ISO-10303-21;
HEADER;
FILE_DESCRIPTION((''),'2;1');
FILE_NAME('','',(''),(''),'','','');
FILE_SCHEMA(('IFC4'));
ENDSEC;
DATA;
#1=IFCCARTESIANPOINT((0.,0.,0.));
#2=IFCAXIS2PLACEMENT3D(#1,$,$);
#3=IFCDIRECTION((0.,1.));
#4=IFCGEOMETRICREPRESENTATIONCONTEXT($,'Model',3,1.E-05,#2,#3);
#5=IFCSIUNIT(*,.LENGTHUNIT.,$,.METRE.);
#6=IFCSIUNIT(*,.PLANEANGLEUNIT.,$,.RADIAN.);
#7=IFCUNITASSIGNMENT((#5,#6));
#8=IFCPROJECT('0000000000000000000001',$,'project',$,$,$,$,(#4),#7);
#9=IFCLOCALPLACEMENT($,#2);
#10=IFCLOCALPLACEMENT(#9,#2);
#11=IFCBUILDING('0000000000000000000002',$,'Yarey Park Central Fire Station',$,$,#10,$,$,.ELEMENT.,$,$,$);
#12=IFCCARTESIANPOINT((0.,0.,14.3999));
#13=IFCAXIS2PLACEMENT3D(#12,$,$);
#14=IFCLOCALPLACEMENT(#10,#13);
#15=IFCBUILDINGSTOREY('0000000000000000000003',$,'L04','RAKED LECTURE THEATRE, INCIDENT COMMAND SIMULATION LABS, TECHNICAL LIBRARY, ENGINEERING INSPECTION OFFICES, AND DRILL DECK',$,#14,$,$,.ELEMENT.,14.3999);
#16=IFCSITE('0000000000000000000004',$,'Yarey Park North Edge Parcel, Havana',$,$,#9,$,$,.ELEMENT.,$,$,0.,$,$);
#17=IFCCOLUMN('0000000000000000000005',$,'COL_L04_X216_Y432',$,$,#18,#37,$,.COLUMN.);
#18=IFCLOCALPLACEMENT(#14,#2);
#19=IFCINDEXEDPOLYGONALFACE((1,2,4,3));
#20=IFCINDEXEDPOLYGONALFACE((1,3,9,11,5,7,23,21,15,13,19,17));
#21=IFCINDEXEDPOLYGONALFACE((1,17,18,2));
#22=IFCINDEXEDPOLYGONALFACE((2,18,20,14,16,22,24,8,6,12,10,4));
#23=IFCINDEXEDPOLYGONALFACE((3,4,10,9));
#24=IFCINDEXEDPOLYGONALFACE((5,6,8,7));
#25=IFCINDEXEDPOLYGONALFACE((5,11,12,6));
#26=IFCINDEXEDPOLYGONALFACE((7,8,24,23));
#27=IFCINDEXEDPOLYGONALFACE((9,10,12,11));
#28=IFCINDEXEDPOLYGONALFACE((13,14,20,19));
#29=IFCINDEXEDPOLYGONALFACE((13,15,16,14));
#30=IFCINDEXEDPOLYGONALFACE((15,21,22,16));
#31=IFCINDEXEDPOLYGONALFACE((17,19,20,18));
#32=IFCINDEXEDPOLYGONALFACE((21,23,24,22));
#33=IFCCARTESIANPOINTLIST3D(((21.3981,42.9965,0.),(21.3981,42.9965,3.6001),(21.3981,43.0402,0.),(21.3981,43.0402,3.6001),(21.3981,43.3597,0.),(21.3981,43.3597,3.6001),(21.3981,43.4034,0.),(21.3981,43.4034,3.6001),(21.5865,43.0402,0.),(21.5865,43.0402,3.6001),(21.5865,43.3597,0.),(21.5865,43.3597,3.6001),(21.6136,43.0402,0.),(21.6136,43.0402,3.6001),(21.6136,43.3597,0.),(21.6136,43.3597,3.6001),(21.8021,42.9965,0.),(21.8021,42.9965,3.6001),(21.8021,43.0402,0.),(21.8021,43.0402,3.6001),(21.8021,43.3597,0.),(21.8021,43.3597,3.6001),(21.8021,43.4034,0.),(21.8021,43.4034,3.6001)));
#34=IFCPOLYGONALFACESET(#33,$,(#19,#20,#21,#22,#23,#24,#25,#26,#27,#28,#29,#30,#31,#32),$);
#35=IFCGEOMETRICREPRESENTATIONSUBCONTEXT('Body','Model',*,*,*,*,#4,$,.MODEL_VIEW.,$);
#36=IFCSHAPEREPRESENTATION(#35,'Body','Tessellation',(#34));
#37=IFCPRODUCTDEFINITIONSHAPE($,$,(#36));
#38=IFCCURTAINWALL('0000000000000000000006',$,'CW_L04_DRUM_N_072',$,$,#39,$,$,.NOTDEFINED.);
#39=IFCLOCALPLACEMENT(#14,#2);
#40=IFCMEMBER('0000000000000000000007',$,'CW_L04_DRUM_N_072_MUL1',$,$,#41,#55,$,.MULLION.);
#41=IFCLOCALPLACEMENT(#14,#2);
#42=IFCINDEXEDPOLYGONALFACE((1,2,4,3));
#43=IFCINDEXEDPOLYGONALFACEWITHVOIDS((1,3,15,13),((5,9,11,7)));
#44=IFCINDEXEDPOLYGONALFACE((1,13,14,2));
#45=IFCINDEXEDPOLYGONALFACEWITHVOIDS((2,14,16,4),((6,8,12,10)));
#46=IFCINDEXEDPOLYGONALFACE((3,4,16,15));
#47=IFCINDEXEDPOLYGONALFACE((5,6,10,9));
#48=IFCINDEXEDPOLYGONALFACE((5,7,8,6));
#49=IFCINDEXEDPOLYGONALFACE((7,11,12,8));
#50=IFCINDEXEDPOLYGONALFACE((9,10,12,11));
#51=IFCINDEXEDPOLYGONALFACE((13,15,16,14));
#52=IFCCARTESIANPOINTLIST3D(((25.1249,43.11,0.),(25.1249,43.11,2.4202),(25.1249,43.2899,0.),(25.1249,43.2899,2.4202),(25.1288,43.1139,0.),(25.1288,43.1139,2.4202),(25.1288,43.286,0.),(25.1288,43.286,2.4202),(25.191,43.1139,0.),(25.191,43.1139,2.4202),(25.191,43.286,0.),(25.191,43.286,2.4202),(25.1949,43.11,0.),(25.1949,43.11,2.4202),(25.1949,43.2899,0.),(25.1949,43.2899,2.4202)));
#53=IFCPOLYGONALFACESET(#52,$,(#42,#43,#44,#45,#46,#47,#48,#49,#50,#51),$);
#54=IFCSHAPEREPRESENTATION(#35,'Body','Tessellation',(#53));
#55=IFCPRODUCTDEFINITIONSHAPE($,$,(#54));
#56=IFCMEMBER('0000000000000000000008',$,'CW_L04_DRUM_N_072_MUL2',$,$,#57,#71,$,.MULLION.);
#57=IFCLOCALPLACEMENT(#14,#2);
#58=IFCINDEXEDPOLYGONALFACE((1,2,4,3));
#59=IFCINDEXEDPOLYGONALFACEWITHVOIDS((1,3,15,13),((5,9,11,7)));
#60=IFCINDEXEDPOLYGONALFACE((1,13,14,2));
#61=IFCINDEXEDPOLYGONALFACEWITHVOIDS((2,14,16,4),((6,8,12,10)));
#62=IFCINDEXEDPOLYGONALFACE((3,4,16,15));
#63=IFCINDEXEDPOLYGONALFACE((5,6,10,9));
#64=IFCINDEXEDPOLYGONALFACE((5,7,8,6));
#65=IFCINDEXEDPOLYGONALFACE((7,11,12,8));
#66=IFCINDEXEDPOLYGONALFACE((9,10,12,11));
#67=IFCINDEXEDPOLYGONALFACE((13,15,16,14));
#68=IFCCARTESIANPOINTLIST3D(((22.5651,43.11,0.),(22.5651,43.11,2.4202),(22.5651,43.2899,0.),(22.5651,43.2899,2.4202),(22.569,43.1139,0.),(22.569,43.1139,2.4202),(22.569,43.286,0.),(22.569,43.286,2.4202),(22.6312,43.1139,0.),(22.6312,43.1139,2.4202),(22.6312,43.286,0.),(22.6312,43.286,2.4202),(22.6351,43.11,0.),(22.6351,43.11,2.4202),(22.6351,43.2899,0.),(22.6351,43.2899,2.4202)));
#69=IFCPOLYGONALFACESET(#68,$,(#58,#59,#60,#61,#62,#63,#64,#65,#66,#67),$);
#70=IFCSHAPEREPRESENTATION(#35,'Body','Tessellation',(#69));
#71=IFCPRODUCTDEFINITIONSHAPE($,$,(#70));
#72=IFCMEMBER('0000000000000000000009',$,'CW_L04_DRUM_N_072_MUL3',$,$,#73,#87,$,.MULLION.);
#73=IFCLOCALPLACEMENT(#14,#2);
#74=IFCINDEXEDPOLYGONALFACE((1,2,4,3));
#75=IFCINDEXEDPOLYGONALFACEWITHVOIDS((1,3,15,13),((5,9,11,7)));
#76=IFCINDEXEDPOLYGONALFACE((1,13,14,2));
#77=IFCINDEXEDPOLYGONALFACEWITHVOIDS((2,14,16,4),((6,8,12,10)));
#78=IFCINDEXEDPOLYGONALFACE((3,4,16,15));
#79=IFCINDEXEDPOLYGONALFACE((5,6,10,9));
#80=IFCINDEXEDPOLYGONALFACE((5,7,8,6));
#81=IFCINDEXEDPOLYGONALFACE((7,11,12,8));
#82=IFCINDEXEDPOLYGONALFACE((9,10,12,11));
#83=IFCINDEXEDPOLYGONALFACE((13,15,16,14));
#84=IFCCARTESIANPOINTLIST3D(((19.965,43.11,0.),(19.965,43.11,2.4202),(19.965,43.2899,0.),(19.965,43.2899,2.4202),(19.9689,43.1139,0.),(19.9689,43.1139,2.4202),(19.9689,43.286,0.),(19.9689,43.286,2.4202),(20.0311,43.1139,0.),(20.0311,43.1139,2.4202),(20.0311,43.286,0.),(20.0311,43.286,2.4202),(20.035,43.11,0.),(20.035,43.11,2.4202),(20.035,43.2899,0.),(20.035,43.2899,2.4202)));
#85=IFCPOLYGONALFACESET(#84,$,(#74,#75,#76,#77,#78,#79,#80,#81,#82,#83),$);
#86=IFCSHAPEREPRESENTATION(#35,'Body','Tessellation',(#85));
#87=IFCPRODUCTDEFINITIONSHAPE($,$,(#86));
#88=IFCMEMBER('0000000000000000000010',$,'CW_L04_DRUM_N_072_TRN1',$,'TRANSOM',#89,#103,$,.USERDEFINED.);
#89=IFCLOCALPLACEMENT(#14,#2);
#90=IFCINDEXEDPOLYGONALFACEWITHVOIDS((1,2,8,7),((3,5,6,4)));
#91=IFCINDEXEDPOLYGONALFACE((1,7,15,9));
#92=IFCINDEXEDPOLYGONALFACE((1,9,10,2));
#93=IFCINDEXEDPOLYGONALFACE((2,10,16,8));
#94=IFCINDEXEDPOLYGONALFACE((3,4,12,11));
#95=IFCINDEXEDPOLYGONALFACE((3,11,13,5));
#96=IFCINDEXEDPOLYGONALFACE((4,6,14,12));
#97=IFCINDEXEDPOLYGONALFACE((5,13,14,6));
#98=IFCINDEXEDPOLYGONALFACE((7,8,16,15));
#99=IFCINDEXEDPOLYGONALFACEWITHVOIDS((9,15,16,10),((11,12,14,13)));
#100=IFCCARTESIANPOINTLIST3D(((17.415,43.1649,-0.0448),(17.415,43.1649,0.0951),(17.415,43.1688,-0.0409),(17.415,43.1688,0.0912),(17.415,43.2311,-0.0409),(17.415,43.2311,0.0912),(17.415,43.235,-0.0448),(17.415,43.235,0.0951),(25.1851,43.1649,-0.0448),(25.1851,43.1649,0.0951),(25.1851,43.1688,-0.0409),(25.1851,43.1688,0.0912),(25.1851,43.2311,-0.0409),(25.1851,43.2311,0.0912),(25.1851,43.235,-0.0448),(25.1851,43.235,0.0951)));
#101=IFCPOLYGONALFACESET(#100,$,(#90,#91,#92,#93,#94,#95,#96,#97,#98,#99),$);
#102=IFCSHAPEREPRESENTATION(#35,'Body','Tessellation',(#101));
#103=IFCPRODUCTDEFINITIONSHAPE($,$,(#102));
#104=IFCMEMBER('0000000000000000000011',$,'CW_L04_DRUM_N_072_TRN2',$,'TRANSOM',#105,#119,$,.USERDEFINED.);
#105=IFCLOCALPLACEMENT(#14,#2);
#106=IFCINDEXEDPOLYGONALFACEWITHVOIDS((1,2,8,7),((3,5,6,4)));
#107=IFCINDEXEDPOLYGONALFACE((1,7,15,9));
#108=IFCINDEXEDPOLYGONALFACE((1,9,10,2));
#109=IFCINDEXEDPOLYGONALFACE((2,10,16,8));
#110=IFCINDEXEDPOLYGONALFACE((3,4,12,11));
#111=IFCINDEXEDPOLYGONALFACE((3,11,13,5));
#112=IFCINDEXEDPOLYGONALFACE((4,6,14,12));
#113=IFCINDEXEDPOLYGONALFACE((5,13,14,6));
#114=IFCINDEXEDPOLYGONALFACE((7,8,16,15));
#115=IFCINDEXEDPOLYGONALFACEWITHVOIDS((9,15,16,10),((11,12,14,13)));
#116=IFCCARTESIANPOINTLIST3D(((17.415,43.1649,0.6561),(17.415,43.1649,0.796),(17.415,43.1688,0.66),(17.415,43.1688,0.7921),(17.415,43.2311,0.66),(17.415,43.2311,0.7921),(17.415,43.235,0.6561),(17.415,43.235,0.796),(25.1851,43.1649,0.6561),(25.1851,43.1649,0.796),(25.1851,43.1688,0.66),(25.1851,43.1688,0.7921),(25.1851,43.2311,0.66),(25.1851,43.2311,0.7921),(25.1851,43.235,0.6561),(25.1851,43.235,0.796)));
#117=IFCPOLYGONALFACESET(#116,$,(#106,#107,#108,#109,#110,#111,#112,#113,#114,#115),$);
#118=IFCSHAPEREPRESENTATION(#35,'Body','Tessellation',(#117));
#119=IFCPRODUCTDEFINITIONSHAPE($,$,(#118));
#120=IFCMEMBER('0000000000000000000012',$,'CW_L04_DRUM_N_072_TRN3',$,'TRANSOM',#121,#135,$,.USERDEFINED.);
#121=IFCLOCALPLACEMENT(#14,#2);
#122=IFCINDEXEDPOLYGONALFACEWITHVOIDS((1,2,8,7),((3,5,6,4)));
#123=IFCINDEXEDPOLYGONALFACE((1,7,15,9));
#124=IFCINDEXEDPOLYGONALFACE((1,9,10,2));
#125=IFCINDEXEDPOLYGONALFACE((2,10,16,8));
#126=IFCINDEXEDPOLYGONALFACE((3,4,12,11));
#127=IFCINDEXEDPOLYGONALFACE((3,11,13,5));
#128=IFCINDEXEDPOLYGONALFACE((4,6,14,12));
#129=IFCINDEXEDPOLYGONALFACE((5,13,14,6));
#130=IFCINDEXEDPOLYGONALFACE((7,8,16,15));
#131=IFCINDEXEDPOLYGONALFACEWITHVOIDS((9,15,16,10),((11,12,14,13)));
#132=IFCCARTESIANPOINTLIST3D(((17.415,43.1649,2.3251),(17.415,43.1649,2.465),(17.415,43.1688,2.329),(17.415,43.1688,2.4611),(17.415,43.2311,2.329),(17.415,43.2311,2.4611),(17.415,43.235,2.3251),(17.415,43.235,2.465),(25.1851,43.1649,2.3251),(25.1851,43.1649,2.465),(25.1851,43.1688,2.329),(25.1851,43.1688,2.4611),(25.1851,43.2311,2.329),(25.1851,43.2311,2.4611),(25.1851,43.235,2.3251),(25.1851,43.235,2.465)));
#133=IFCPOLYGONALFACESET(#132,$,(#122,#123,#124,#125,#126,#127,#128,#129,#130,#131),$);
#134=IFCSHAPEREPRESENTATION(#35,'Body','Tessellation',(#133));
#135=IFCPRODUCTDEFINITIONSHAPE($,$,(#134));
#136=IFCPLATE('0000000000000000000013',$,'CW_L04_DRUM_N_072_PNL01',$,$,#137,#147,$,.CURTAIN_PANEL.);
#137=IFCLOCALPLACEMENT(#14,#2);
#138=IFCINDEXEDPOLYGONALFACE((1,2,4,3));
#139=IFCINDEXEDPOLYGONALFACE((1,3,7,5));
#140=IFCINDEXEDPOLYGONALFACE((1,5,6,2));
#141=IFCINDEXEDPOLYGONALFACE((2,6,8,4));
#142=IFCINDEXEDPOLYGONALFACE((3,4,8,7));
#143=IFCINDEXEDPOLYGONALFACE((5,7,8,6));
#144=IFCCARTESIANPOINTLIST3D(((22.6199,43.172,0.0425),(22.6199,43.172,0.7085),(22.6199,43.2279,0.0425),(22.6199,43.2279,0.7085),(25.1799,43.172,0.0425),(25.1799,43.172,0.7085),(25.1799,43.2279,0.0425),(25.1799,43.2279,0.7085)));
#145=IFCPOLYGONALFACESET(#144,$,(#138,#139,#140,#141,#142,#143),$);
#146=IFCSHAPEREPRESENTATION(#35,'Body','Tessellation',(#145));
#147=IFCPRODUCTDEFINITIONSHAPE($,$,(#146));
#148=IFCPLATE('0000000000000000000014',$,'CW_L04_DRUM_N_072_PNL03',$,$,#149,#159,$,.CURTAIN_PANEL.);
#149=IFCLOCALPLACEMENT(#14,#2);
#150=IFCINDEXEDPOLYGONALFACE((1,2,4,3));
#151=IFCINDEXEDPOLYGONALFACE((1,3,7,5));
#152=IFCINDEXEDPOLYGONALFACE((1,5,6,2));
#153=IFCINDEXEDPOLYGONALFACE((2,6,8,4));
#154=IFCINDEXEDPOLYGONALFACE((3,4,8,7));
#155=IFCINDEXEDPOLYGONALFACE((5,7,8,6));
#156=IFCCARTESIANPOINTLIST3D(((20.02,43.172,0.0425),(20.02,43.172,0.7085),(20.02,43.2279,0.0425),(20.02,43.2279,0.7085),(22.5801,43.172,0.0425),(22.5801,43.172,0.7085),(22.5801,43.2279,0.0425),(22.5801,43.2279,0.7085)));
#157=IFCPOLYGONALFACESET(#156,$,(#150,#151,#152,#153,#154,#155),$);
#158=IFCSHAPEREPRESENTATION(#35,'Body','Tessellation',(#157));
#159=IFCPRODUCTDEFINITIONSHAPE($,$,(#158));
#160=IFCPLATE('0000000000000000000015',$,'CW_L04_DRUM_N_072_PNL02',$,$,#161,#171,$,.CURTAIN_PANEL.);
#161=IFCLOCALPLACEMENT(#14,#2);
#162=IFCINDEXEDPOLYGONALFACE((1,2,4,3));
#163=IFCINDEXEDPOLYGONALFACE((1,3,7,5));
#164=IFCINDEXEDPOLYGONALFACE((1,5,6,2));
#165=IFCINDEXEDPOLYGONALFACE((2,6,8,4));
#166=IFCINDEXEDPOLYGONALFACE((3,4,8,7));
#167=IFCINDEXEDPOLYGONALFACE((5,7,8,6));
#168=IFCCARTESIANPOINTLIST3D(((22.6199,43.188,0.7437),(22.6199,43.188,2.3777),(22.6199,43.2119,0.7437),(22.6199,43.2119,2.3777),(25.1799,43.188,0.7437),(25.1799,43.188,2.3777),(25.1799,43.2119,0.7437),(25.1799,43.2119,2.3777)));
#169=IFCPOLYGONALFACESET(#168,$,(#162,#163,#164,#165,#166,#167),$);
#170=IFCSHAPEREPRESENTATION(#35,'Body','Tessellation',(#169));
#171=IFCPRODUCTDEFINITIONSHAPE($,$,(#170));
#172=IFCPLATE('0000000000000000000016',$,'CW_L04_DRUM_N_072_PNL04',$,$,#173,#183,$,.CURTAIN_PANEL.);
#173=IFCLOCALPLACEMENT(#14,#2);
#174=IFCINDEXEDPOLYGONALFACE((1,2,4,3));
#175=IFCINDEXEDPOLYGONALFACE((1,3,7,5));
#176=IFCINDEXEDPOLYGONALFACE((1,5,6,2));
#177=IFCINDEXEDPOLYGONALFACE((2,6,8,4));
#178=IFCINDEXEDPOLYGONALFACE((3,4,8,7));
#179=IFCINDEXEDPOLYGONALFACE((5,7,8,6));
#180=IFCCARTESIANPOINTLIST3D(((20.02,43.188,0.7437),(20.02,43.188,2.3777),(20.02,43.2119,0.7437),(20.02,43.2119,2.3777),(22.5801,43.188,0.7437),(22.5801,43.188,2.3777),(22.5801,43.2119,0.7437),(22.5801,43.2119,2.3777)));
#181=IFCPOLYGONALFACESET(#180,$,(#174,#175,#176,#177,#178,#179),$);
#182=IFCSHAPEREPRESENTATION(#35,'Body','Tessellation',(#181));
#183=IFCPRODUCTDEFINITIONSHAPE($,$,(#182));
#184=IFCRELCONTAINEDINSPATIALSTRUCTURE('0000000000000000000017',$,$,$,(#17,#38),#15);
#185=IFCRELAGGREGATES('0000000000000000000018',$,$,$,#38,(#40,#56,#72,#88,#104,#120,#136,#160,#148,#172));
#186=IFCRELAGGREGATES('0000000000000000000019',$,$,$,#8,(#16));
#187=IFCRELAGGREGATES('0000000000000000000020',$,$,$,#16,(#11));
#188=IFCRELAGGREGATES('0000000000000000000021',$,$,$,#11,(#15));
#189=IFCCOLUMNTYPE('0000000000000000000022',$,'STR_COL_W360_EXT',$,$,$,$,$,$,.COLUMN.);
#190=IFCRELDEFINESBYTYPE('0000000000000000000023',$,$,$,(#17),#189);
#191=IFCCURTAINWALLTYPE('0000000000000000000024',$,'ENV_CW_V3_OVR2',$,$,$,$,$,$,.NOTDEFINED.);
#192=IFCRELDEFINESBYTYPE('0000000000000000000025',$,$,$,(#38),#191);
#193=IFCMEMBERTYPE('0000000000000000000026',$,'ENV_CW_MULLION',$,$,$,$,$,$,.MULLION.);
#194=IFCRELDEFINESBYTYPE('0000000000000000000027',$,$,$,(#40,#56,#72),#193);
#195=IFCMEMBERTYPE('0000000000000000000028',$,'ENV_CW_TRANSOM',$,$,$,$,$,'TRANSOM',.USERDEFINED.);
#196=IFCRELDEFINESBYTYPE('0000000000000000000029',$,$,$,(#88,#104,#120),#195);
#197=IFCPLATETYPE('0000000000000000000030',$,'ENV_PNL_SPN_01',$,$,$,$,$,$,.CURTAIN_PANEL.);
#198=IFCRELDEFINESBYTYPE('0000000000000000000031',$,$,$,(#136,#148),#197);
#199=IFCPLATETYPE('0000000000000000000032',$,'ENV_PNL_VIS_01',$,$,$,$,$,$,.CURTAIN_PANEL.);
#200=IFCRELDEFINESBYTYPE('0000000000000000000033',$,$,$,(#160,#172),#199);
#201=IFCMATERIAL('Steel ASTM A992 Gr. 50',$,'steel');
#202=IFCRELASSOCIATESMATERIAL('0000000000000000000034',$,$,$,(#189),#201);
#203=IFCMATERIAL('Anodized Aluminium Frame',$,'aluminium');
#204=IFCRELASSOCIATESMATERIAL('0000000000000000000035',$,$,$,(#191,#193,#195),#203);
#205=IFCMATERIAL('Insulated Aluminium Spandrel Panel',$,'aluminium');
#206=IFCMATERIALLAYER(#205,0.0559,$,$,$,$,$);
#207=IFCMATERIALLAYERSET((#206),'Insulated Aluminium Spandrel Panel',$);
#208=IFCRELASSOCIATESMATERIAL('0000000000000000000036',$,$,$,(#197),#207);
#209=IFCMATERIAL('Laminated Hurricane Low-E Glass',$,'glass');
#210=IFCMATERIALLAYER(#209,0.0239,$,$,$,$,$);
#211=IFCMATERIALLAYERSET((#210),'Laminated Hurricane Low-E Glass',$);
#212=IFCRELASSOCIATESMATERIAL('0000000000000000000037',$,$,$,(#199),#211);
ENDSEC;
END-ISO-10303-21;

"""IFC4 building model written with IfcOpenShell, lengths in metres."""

from ifc_helpers import new_model, si_unit, direction, frame, origin, origin_2d, place, context, subcontext, project, spatial, rectangle, hollow_rectangle, i_section, extrude, material, layer, layer_set, material_profile, profile_set, type_object, element, aggregate, save


model = new_model("IFC4")

# Units and contexts
model_context = context("Model", 3, precision=1e-05, world=origin(), true_north=direction((0.0, 1.0)))
body_context = subcontext(model_context, "Body", "Model", "MODEL_VIEW")
ifc_project = project(units=[si_unit("LENGTHUNIT", "METRE"), si_unit("PLANEANGLEUNIT", "RADIAN")], contexts=[model_context])

# Site, building, storey
site_placement = place(None, origin())
site = spatial("IfcSite", under=ifc_project, at=site_placement, Name="Yarey Park North Edge Parcel, Havana", CompositionType="ELEMENT", RefElevation=0.0)
building_placement = place(site_placement, origin())
building = spatial("IfcBuilding", under=site, at=building_placement, Name="Yarey Park Central Fire Station", CompositionType="ELEMENT")
storey_placement = place(building_placement, frame((0.0, 0.0, 14.3999)))
storey = spatial("IfcBuildingStorey", under=building, at=storey_placement, Name="L04", Description="RAKED LECTURE THEATRE, INCIDENT COMMAND SIMULATION LABS, TECHNICAL LIBRARY, ENGINEERING INSPECTION OFFICES, AND DRILL DECK", CompositionType="ELEMENT", Elevation=14.3999)

# Column
ifc_material_1 = material(Name="Steel ASTM A992 Gr. 50", Category="steel")
ifc_material_profile_1 = material_profile(ifc_material_1, i_section(OverallWidth=0.4041, OverallDepth=0.407, WebThickness=0.0271, FlangeThickness=0.0437, at=origin_2d()), Name="W360x347")
ifc_profile_set_1 = profile_set([ifc_material_profile_1], Name="Steel ASTM A992 Gr. 50")
column_type = type_object("IfcColumnType", Name="STR_COL_W360_EXT", PredefinedType="COLUMN", material=ifc_profile_set_1)
column_placement = place(storey_placement, frame((21.6001, 43.2, 0.0), z_axis=(0.0, 0.0, 1.0), x_axis=(1.0, 0.0, 0.0)))
element("IfcColumn", 1, at=column_placement, inside=storey, type_object=column_type, Name="COL_L04_X216_Y432", PredefinedType="COLUMN", context=body_context, shape_type="SweptSolid", body=[
    extrude(i_section(OverallWidth=0.4041, OverallDepth=0.407, WebThickness=0.0271, FlangeThickness=0.0437, at=origin_2d()), origin(), (0.0, 0.0, 1.0), 3.6001),
])

# Curtain wall, members, plates
ifc_material_2 = material(Name="Anodized Aluminium Frame", Category="aluminium")
curtain_wall_type = type_object("IfcCurtainWallType", Name="ENV_CW_V3_OVR2", PredefinedType="NOTDEFINED", material=ifc_material_2)
curtain_wall_placement = place(storey_placement, origin())
curtain_wall = element("IfcCurtainWall", 2, at=curtain_wall_placement, inside=storey, type_object=curtain_wall_type, Name="CW_L04_DRUM_N_072", PredefinedType="NOTDEFINED")
ifc_material_profile_2 = material_profile(ifc_material_2, hollow_rectangle(XDim=0.0701, YDim=0.1799, WallThickness=0.0039, at=origin_2d()), Name="ALU 180x70x4")
ifc_profile_set_2 = profile_set([ifc_material_profile_2], Name="Anodized Aluminium Frame")
member_type_1 = type_object("IfcMemberType", Name="ENV_CW_MULLION", PredefinedType="MULLION", material=ifc_profile_set_2)
member_1_placement = place(storey_placement, frame((25.1599, 43.2, 0.0), z_axis=(0.0, 0.0, 1.0), x_axis=(1.0, 0.0, 0.0)))
member_1 = element("IfcMember", 3, at=member_1_placement, type_object=member_type_1, Name="CW_L04_DRUM_N_072_MUL1", PredefinedType="MULLION", context=body_context, shape_type="SweptSolid", body=[
    extrude(hollow_rectangle(XDim=0.0701, YDim=0.1799, WallThickness=0.0039, at=origin_2d()), origin(), (0.0, 0.0, 1.0), 2.4202),
])
member_2_placement = place(storey_placement, frame((22.6001, 43.2, 0.0), z_axis=(0.0, 0.0, 1.0), x_axis=(1.0, 0.0, 0.0)))
member_2 = element("IfcMember", 4, at=member_2_placement, type_object=member_type_1, Name="CW_L04_DRUM_N_072_MUL2", PredefinedType="MULLION", context=body_context, shape_type="SweptSolid", body=[
    extrude(hollow_rectangle(XDim=0.0701, YDim=0.1799, WallThickness=0.0039, at=origin_2d()), origin(), (0.0, 0.0, 1.0), 2.4202),
])
member_3_placement = place(storey_placement, frame((20.0, 43.2, 0.0), z_axis=(0.0, 0.0, 1.0), x_axis=(1.0, 0.0, 0.0)))
member_3 = element("IfcMember", 5, at=member_3_placement, type_object=member_type_1, Name="CW_L04_DRUM_N_072_MUL3", PredefinedType="MULLION", context=body_context, shape_type="SweptSolid", body=[
    extrude(hollow_rectangle(XDim=0.0701, YDim=0.1799, WallThickness=0.0039, at=origin_2d()), origin(), (0.0, 0.0, 1.0), 2.4202),
])
ifc_material_profile_3 = material_profile(ifc_material_2, hollow_rectangle(XDim=0.0701, YDim=0.1399, WallThickness=0.0039, at=origin_2d()), Name="ALU 140x70x4")
ifc_profile_set_3 = profile_set([ifc_material_profile_3], Name="Anodized Aluminium Frame")
member_type_2 = type_object("IfcMemberType", Name="ENV_CW_TRANSOM", ElementType="TRANSOM", PredefinedType="USERDEFINED", material=ifc_profile_set_3)
member_4_placement = place(storey_placement, frame((25.1851, 43.2, 0.0251), z_axis=(-1.0, 0.0, 0.0), x_axis=(0.0, -1.0, 0.0)))
member_4 = element("IfcMember", 6, at=member_4_placement, type_object=member_type_2, Name="CW_L04_DRUM_N_072_TRN1", ObjectType="TRANSOM", PredefinedType="USERDEFINED", context=body_context, shape_type="SweptSolid", body=[
    extrude(hollow_rectangle(XDim=0.0701, YDim=0.1399, WallThickness=0.0039, at=origin_2d()), origin(), (0.0, 0.0, 1.0), 7.77),
])
member_5_placement = place(storey_placement, frame((25.1851, 43.2, 0.7261), z_axis=(-1.0, 0.0, 0.0), x_axis=(0.0, -1.0, 0.0)))
member_5 = element("IfcMember", 7, at=member_5_placement, type_object=member_type_2, Name="CW_L04_DRUM_N_072_TRN2", ObjectType="TRANSOM", PredefinedType="USERDEFINED", context=body_context, shape_type="SweptSolid", body=[
    extrude(hollow_rectangle(XDim=0.0701, YDim=0.1399, WallThickness=0.0039, at=origin_2d()), origin(), (0.0, 0.0, 1.0), 7.77),
])
member_6_placement = place(storey_placement, frame((25.1851, 43.2, 2.395), z_axis=(-1.0, 0.0, 0.0), x_axis=(0.0, -1.0, 0.0)))
member_6 = element("IfcMember", 8, at=member_6_placement, type_object=member_type_2, Name="CW_L04_DRUM_N_072_TRN3", ObjectType="TRANSOM", PredefinedType="USERDEFINED", context=body_context, shape_type="SweptSolid", body=[
    extrude(hollow_rectangle(XDim=0.0701, YDim=0.1399, WallThickness=0.0039, at=origin_2d()), origin(), (0.0, 0.0, 1.0), 7.77),
])
ifc_material_3 = material(Name="Insulated Aluminium Spandrel Panel", Category="aluminium")
ifc_layer_1 = layer(ifc_material_3, 0.0559)
ifc_layer_set_1 = layer_set([ifc_layer_1], Name="Insulated Aluminium Spandrel Panel")
plate_type_1 = type_object("IfcPlateType", Name="ENV_PNL_SPN_01", PredefinedType="CURTAIN_PANEL", material=ifc_layer_set_1)
plate_1_placement = place(storey_placement, frame((23.8999, 43.2, 0.0425), z_axis=(0.0, 0.0, 1.0), x_axis=(-1.0, 0.0, 0.0)))
plate_1 = element("IfcPlate", 9, at=plate_1_placement, type_object=plate_type_1, Name="CW_L04_DRUM_N_072_PNL01", PredefinedType="CURTAIN_PANEL", context=body_context, shape_type="SweptSolid", body=[
    extrude(rectangle(XDim=2.5601, YDim=0.0559, at=origin_2d()), origin(), (0.0, 0.0, 1.0), 0.666),
])
plate_2_placement = place(storey_placement, frame((21.3, 43.2, 0.0425), z_axis=(0.0, 0.0, 1.0), x_axis=(-1.0, 0.0, 0.0)))
plate_2 = element("IfcPlate", 10, at=plate_2_placement, type_object=plate_type_1, Name="CW_L04_DRUM_N_072_PNL03", PredefinedType="CURTAIN_PANEL", context=body_context, shape_type="SweptSolid", body=[
    extrude(rectangle(XDim=2.5601, YDim=0.0559, at=origin_2d()), origin(), (0.0, 0.0, 1.0), 0.666),
])
ifc_material_4 = material(Name="Laminated Hurricane Low-E Glass", Category="glass")
ifc_layer_2 = layer(ifc_material_4, 0.0239)
ifc_layer_set_2 = layer_set([ifc_layer_2], Name="Laminated Hurricane Low-E Glass")
plate_type_2 = type_object("IfcPlateType", Name="ENV_PNL_VIS_01", PredefinedType="CURTAIN_PANEL", material=ifc_layer_set_2)
plate_3_placement = place(storey_placement, frame((23.8999, 43.2, 0.7437), z_axis=(0.0, 0.0, 1.0), x_axis=(-1.0, 0.0, 0.0)))
plate_3 = element("IfcPlate", 11, at=plate_3_placement, type_object=plate_type_2, Name="CW_L04_DRUM_N_072_PNL02", PredefinedType="CURTAIN_PANEL", context=body_context, shape_type="SweptSolid", body=[
    extrude(rectangle(XDim=2.5601, YDim=0.0239, at=origin_2d()), origin(), (0.0, 0.0, 1.0), 1.634),
])
plate_4_placement = place(storey_placement, frame((21.3, 43.2, 0.7437), z_axis=(0.0, 0.0, 1.0), x_axis=(-1.0, 0.0, 0.0)))
plate_4 = element("IfcPlate", 12, at=plate_4_placement, type_object=plate_type_2, Name="CW_L04_DRUM_N_072_PNL04", PredefinedType="CURTAIN_PANEL", context=body_context, shape_type="SweptSolid", body=[
    extrude(rectangle(XDim=2.5601, YDim=0.0239, at=origin_2d()), origin(), (0.0, 0.0, 1.0), 1.634),
])
aggregate(curtain_wall, [member_1, member_2, member_3, member_4, member_5, member_6, plate_1, plate_3, plate_2, plate_4])

save(model, "model.ifc")
